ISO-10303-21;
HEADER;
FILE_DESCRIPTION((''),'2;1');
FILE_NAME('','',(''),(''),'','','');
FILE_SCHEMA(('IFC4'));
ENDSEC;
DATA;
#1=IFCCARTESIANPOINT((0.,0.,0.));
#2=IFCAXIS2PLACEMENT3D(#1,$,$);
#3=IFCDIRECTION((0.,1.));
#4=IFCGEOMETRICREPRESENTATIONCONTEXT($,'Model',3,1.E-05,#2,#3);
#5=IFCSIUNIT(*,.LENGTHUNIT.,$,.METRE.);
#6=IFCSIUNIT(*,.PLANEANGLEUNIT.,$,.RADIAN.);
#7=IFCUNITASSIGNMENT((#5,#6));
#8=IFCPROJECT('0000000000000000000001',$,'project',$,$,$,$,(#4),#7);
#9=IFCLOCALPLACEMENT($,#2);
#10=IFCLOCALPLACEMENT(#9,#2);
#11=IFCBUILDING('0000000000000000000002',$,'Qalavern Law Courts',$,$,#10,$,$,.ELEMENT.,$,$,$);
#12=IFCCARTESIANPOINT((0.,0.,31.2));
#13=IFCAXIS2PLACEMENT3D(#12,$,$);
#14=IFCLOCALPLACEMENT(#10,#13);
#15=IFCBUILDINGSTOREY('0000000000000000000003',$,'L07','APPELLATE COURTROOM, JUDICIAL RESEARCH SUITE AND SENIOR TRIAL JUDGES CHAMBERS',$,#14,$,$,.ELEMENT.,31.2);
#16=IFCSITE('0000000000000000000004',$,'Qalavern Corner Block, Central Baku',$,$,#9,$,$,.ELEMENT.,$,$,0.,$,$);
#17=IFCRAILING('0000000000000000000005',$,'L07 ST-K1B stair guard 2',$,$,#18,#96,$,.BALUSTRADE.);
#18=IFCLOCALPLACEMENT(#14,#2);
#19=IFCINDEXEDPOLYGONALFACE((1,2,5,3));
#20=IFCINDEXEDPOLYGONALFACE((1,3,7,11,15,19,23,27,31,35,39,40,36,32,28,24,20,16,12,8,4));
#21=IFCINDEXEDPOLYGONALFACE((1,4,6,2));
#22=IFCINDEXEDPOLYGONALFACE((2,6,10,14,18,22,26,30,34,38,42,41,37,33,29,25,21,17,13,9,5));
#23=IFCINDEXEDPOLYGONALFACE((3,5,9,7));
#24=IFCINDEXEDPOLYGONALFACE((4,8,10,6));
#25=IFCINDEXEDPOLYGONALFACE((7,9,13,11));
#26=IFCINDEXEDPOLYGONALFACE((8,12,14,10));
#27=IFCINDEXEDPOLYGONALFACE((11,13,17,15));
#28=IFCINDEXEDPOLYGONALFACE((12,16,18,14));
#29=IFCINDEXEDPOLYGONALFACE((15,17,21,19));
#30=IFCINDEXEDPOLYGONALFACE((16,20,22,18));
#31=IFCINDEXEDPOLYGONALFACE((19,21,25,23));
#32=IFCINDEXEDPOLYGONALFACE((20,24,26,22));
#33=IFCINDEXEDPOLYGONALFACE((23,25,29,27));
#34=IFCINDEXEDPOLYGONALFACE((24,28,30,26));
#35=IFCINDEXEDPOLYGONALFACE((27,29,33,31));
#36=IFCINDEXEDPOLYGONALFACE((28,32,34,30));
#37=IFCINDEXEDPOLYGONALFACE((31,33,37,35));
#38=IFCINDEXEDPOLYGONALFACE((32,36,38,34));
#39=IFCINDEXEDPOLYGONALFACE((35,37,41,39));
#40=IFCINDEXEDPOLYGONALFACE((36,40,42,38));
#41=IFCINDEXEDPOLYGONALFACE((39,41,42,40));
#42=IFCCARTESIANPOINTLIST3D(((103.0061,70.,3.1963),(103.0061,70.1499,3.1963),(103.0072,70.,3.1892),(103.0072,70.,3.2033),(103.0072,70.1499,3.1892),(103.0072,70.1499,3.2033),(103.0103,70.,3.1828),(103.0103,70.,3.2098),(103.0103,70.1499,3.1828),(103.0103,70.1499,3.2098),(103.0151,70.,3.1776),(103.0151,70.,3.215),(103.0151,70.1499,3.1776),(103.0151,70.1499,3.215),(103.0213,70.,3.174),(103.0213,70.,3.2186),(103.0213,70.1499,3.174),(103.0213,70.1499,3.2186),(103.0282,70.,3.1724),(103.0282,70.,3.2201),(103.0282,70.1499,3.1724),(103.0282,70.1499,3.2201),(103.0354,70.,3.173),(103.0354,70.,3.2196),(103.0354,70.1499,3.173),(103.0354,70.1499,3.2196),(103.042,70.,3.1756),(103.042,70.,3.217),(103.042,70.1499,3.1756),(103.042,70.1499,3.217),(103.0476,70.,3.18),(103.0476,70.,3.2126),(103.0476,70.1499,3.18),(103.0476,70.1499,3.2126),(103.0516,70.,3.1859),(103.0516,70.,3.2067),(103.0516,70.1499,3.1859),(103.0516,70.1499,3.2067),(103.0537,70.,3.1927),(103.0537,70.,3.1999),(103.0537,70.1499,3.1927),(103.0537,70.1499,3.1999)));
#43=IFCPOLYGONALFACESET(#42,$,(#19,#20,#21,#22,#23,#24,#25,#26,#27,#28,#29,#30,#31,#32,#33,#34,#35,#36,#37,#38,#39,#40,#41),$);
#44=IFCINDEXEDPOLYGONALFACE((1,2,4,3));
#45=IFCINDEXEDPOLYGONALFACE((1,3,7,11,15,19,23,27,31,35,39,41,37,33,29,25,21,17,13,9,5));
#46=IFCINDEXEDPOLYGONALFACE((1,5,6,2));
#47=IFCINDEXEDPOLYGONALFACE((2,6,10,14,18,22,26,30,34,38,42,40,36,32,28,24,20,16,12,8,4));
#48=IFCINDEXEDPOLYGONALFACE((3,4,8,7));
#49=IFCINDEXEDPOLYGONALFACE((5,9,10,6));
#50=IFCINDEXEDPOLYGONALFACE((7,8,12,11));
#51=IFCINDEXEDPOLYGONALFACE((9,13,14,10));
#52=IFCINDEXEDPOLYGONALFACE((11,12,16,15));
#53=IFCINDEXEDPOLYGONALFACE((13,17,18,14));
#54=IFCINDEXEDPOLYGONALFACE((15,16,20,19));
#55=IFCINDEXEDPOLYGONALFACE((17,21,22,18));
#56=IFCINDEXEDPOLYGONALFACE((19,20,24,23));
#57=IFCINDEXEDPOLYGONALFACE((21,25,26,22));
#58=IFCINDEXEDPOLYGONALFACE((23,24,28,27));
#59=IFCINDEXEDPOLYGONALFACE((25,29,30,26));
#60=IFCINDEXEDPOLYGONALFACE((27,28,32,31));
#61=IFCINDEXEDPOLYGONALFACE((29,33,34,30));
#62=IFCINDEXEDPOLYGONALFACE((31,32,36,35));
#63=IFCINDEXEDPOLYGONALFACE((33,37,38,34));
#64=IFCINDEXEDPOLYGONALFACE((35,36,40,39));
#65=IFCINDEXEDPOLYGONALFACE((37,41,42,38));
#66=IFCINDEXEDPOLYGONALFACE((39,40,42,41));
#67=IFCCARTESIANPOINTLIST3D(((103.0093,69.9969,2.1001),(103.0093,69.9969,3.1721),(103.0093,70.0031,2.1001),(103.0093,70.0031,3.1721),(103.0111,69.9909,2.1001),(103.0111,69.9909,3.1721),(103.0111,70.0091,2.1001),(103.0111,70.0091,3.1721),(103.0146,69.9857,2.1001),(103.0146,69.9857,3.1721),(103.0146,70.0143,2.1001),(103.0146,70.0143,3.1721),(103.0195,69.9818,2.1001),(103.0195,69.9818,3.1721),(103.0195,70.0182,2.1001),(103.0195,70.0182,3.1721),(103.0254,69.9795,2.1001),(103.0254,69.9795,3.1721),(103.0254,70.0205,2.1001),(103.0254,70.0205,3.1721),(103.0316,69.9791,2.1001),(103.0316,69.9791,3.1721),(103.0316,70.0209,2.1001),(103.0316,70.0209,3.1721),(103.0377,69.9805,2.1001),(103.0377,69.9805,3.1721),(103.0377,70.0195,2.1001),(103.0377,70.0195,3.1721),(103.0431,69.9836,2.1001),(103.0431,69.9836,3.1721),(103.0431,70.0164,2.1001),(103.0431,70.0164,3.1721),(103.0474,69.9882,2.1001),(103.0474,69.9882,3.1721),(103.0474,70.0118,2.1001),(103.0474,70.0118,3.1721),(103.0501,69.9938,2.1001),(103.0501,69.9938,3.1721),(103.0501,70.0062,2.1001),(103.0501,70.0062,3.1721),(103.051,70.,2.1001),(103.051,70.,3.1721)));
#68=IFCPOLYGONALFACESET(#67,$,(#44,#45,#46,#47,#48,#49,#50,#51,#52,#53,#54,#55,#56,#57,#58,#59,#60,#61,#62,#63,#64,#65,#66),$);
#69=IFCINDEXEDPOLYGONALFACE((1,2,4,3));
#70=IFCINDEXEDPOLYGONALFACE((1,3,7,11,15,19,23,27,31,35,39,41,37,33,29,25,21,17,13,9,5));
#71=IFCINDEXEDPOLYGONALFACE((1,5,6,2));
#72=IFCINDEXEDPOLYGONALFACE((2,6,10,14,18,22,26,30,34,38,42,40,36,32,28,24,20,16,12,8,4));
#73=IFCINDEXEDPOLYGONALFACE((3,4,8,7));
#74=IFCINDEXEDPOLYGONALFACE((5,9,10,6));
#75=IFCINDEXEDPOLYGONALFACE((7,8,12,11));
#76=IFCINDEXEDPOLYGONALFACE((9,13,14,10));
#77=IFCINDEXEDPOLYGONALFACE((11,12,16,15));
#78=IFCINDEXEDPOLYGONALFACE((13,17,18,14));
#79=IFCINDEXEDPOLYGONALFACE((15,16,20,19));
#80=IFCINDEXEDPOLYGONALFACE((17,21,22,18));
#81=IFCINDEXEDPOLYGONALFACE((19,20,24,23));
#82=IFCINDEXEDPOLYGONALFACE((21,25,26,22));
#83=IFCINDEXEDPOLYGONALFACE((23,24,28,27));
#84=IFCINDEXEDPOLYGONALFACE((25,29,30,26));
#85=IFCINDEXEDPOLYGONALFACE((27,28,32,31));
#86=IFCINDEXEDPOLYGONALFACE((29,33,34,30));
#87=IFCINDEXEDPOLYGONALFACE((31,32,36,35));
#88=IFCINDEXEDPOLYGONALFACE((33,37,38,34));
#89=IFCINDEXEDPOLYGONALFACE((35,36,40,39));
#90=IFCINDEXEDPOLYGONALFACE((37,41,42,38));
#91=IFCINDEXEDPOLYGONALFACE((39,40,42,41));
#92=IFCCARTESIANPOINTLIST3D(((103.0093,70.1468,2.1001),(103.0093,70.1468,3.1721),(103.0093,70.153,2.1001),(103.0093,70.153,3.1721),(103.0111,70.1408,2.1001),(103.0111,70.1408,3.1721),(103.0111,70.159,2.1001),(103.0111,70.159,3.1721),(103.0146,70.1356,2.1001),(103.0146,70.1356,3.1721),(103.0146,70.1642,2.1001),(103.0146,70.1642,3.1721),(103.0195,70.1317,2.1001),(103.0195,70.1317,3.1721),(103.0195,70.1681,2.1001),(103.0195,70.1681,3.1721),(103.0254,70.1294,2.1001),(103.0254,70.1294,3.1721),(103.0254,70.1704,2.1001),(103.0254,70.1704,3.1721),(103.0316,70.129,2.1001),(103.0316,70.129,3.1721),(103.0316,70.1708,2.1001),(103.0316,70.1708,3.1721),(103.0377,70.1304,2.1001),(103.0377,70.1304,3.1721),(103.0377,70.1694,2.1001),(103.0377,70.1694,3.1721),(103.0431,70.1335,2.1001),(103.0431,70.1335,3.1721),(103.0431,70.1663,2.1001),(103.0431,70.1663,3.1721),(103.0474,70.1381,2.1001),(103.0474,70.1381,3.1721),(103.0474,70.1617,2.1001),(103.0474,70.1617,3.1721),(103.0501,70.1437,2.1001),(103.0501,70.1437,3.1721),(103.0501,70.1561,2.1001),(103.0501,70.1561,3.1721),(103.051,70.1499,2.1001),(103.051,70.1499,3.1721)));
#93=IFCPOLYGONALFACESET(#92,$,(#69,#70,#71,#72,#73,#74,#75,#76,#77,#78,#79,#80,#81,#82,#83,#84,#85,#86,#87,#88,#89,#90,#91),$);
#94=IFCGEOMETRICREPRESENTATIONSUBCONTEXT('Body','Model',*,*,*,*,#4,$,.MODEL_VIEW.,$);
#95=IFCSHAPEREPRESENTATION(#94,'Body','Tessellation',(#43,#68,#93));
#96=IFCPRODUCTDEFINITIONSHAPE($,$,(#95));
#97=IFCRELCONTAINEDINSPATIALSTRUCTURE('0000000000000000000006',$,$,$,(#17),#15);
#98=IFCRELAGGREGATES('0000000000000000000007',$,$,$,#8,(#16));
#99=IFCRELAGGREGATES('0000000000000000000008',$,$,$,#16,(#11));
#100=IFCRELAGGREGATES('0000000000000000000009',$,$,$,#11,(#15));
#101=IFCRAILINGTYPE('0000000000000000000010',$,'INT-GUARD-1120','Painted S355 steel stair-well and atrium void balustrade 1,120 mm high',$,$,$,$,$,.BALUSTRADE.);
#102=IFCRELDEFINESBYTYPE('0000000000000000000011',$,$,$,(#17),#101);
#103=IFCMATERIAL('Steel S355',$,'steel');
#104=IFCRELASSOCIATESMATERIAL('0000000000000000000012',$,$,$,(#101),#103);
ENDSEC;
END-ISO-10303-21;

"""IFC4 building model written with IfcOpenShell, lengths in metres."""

from ifc_helpers import new_model, si_unit, direction, frame, origin, origin_2d, place, context, subcontext, project, spatial, circle, extrude, material, type_object, element, save


model = new_model("IFC4")

# Units and contexts
model_context = context("Model", 3, precision=1e-05, world=origin(), true_north=direction((0.0, 1.0)))
body_context = subcontext(model_context, "Body", "Model", "MODEL_VIEW")
ifc_project = project(units=[si_unit("LENGTHUNIT", "METRE"), si_unit("PLANEANGLEUNIT", "RADIAN")], contexts=[model_context])

# Site, building, storey
site_placement = place(None, origin())
site = spatial("IfcSite", under=ifc_project, at=site_placement, Name="Qalavern Corner Block, Central Baku", CompositionType="ELEMENT", RefElevation=0.0)
building_placement = place(site_placement, origin())
building = spatial("IfcBuilding", under=site, at=building_placement, Name="Qalavern Law Courts", CompositionType="ELEMENT")
storey_placement = place(building_placement, frame((0.0, 0.0, 31.2)))
storey = spatial("IfcBuildingStorey", under=building, at=storey_placement, Name="L07", Description="APPELLATE COURTROOM, JUDICIAL RESEARCH SUITE AND SENIOR TRIAL JUDGES CHAMBERS", CompositionType="ELEMENT", Elevation=31.2)

# Shared definitions
ifc_material_1 = material(Name="Steel S355", Category="steel")

# Railing
railing_type_1 = type_object("IfcRailingType", Name="INT-GUARD-1120", Description="Painted S355 steel stair-well and atrium void balustrade 1,120 mm high", PredefinedType="BALUSTRADE", material=ifc_material_1)
railing_1_placement = place(storey_placement, frame((103.03, 70.0, 2.1001)))
element("IfcRailing", 1, at=railing_1_placement, inside=storey, type_object=railing_type_1, Name="L07 ST-K1B stair guard 2", PredefinedType="BALUSTRADE", context=body_context, shape_type="SweptSolid", body=[
    extrude(circle(Radius=0.0239, at=origin_2d()), frame((0.0, 0.0, 1.0962), z_axis=(0.0, 1.0, 0.0), x_axis=(-1.0, 0.0, 0.0)), (0.0, 0.0, 1.0), 0.1499),
    extrude(circle(Radius=0.021, at=origin_2d()), origin(), (0.0, 0.0, 1.0), 1.072),
    extrude(circle(Radius=0.021, at=origin_2d()), frame((0.0, 0.1499, 0.0)), (0.0, 0.0, 1.0), 1.072),
])

save(model, "model.ifc")
